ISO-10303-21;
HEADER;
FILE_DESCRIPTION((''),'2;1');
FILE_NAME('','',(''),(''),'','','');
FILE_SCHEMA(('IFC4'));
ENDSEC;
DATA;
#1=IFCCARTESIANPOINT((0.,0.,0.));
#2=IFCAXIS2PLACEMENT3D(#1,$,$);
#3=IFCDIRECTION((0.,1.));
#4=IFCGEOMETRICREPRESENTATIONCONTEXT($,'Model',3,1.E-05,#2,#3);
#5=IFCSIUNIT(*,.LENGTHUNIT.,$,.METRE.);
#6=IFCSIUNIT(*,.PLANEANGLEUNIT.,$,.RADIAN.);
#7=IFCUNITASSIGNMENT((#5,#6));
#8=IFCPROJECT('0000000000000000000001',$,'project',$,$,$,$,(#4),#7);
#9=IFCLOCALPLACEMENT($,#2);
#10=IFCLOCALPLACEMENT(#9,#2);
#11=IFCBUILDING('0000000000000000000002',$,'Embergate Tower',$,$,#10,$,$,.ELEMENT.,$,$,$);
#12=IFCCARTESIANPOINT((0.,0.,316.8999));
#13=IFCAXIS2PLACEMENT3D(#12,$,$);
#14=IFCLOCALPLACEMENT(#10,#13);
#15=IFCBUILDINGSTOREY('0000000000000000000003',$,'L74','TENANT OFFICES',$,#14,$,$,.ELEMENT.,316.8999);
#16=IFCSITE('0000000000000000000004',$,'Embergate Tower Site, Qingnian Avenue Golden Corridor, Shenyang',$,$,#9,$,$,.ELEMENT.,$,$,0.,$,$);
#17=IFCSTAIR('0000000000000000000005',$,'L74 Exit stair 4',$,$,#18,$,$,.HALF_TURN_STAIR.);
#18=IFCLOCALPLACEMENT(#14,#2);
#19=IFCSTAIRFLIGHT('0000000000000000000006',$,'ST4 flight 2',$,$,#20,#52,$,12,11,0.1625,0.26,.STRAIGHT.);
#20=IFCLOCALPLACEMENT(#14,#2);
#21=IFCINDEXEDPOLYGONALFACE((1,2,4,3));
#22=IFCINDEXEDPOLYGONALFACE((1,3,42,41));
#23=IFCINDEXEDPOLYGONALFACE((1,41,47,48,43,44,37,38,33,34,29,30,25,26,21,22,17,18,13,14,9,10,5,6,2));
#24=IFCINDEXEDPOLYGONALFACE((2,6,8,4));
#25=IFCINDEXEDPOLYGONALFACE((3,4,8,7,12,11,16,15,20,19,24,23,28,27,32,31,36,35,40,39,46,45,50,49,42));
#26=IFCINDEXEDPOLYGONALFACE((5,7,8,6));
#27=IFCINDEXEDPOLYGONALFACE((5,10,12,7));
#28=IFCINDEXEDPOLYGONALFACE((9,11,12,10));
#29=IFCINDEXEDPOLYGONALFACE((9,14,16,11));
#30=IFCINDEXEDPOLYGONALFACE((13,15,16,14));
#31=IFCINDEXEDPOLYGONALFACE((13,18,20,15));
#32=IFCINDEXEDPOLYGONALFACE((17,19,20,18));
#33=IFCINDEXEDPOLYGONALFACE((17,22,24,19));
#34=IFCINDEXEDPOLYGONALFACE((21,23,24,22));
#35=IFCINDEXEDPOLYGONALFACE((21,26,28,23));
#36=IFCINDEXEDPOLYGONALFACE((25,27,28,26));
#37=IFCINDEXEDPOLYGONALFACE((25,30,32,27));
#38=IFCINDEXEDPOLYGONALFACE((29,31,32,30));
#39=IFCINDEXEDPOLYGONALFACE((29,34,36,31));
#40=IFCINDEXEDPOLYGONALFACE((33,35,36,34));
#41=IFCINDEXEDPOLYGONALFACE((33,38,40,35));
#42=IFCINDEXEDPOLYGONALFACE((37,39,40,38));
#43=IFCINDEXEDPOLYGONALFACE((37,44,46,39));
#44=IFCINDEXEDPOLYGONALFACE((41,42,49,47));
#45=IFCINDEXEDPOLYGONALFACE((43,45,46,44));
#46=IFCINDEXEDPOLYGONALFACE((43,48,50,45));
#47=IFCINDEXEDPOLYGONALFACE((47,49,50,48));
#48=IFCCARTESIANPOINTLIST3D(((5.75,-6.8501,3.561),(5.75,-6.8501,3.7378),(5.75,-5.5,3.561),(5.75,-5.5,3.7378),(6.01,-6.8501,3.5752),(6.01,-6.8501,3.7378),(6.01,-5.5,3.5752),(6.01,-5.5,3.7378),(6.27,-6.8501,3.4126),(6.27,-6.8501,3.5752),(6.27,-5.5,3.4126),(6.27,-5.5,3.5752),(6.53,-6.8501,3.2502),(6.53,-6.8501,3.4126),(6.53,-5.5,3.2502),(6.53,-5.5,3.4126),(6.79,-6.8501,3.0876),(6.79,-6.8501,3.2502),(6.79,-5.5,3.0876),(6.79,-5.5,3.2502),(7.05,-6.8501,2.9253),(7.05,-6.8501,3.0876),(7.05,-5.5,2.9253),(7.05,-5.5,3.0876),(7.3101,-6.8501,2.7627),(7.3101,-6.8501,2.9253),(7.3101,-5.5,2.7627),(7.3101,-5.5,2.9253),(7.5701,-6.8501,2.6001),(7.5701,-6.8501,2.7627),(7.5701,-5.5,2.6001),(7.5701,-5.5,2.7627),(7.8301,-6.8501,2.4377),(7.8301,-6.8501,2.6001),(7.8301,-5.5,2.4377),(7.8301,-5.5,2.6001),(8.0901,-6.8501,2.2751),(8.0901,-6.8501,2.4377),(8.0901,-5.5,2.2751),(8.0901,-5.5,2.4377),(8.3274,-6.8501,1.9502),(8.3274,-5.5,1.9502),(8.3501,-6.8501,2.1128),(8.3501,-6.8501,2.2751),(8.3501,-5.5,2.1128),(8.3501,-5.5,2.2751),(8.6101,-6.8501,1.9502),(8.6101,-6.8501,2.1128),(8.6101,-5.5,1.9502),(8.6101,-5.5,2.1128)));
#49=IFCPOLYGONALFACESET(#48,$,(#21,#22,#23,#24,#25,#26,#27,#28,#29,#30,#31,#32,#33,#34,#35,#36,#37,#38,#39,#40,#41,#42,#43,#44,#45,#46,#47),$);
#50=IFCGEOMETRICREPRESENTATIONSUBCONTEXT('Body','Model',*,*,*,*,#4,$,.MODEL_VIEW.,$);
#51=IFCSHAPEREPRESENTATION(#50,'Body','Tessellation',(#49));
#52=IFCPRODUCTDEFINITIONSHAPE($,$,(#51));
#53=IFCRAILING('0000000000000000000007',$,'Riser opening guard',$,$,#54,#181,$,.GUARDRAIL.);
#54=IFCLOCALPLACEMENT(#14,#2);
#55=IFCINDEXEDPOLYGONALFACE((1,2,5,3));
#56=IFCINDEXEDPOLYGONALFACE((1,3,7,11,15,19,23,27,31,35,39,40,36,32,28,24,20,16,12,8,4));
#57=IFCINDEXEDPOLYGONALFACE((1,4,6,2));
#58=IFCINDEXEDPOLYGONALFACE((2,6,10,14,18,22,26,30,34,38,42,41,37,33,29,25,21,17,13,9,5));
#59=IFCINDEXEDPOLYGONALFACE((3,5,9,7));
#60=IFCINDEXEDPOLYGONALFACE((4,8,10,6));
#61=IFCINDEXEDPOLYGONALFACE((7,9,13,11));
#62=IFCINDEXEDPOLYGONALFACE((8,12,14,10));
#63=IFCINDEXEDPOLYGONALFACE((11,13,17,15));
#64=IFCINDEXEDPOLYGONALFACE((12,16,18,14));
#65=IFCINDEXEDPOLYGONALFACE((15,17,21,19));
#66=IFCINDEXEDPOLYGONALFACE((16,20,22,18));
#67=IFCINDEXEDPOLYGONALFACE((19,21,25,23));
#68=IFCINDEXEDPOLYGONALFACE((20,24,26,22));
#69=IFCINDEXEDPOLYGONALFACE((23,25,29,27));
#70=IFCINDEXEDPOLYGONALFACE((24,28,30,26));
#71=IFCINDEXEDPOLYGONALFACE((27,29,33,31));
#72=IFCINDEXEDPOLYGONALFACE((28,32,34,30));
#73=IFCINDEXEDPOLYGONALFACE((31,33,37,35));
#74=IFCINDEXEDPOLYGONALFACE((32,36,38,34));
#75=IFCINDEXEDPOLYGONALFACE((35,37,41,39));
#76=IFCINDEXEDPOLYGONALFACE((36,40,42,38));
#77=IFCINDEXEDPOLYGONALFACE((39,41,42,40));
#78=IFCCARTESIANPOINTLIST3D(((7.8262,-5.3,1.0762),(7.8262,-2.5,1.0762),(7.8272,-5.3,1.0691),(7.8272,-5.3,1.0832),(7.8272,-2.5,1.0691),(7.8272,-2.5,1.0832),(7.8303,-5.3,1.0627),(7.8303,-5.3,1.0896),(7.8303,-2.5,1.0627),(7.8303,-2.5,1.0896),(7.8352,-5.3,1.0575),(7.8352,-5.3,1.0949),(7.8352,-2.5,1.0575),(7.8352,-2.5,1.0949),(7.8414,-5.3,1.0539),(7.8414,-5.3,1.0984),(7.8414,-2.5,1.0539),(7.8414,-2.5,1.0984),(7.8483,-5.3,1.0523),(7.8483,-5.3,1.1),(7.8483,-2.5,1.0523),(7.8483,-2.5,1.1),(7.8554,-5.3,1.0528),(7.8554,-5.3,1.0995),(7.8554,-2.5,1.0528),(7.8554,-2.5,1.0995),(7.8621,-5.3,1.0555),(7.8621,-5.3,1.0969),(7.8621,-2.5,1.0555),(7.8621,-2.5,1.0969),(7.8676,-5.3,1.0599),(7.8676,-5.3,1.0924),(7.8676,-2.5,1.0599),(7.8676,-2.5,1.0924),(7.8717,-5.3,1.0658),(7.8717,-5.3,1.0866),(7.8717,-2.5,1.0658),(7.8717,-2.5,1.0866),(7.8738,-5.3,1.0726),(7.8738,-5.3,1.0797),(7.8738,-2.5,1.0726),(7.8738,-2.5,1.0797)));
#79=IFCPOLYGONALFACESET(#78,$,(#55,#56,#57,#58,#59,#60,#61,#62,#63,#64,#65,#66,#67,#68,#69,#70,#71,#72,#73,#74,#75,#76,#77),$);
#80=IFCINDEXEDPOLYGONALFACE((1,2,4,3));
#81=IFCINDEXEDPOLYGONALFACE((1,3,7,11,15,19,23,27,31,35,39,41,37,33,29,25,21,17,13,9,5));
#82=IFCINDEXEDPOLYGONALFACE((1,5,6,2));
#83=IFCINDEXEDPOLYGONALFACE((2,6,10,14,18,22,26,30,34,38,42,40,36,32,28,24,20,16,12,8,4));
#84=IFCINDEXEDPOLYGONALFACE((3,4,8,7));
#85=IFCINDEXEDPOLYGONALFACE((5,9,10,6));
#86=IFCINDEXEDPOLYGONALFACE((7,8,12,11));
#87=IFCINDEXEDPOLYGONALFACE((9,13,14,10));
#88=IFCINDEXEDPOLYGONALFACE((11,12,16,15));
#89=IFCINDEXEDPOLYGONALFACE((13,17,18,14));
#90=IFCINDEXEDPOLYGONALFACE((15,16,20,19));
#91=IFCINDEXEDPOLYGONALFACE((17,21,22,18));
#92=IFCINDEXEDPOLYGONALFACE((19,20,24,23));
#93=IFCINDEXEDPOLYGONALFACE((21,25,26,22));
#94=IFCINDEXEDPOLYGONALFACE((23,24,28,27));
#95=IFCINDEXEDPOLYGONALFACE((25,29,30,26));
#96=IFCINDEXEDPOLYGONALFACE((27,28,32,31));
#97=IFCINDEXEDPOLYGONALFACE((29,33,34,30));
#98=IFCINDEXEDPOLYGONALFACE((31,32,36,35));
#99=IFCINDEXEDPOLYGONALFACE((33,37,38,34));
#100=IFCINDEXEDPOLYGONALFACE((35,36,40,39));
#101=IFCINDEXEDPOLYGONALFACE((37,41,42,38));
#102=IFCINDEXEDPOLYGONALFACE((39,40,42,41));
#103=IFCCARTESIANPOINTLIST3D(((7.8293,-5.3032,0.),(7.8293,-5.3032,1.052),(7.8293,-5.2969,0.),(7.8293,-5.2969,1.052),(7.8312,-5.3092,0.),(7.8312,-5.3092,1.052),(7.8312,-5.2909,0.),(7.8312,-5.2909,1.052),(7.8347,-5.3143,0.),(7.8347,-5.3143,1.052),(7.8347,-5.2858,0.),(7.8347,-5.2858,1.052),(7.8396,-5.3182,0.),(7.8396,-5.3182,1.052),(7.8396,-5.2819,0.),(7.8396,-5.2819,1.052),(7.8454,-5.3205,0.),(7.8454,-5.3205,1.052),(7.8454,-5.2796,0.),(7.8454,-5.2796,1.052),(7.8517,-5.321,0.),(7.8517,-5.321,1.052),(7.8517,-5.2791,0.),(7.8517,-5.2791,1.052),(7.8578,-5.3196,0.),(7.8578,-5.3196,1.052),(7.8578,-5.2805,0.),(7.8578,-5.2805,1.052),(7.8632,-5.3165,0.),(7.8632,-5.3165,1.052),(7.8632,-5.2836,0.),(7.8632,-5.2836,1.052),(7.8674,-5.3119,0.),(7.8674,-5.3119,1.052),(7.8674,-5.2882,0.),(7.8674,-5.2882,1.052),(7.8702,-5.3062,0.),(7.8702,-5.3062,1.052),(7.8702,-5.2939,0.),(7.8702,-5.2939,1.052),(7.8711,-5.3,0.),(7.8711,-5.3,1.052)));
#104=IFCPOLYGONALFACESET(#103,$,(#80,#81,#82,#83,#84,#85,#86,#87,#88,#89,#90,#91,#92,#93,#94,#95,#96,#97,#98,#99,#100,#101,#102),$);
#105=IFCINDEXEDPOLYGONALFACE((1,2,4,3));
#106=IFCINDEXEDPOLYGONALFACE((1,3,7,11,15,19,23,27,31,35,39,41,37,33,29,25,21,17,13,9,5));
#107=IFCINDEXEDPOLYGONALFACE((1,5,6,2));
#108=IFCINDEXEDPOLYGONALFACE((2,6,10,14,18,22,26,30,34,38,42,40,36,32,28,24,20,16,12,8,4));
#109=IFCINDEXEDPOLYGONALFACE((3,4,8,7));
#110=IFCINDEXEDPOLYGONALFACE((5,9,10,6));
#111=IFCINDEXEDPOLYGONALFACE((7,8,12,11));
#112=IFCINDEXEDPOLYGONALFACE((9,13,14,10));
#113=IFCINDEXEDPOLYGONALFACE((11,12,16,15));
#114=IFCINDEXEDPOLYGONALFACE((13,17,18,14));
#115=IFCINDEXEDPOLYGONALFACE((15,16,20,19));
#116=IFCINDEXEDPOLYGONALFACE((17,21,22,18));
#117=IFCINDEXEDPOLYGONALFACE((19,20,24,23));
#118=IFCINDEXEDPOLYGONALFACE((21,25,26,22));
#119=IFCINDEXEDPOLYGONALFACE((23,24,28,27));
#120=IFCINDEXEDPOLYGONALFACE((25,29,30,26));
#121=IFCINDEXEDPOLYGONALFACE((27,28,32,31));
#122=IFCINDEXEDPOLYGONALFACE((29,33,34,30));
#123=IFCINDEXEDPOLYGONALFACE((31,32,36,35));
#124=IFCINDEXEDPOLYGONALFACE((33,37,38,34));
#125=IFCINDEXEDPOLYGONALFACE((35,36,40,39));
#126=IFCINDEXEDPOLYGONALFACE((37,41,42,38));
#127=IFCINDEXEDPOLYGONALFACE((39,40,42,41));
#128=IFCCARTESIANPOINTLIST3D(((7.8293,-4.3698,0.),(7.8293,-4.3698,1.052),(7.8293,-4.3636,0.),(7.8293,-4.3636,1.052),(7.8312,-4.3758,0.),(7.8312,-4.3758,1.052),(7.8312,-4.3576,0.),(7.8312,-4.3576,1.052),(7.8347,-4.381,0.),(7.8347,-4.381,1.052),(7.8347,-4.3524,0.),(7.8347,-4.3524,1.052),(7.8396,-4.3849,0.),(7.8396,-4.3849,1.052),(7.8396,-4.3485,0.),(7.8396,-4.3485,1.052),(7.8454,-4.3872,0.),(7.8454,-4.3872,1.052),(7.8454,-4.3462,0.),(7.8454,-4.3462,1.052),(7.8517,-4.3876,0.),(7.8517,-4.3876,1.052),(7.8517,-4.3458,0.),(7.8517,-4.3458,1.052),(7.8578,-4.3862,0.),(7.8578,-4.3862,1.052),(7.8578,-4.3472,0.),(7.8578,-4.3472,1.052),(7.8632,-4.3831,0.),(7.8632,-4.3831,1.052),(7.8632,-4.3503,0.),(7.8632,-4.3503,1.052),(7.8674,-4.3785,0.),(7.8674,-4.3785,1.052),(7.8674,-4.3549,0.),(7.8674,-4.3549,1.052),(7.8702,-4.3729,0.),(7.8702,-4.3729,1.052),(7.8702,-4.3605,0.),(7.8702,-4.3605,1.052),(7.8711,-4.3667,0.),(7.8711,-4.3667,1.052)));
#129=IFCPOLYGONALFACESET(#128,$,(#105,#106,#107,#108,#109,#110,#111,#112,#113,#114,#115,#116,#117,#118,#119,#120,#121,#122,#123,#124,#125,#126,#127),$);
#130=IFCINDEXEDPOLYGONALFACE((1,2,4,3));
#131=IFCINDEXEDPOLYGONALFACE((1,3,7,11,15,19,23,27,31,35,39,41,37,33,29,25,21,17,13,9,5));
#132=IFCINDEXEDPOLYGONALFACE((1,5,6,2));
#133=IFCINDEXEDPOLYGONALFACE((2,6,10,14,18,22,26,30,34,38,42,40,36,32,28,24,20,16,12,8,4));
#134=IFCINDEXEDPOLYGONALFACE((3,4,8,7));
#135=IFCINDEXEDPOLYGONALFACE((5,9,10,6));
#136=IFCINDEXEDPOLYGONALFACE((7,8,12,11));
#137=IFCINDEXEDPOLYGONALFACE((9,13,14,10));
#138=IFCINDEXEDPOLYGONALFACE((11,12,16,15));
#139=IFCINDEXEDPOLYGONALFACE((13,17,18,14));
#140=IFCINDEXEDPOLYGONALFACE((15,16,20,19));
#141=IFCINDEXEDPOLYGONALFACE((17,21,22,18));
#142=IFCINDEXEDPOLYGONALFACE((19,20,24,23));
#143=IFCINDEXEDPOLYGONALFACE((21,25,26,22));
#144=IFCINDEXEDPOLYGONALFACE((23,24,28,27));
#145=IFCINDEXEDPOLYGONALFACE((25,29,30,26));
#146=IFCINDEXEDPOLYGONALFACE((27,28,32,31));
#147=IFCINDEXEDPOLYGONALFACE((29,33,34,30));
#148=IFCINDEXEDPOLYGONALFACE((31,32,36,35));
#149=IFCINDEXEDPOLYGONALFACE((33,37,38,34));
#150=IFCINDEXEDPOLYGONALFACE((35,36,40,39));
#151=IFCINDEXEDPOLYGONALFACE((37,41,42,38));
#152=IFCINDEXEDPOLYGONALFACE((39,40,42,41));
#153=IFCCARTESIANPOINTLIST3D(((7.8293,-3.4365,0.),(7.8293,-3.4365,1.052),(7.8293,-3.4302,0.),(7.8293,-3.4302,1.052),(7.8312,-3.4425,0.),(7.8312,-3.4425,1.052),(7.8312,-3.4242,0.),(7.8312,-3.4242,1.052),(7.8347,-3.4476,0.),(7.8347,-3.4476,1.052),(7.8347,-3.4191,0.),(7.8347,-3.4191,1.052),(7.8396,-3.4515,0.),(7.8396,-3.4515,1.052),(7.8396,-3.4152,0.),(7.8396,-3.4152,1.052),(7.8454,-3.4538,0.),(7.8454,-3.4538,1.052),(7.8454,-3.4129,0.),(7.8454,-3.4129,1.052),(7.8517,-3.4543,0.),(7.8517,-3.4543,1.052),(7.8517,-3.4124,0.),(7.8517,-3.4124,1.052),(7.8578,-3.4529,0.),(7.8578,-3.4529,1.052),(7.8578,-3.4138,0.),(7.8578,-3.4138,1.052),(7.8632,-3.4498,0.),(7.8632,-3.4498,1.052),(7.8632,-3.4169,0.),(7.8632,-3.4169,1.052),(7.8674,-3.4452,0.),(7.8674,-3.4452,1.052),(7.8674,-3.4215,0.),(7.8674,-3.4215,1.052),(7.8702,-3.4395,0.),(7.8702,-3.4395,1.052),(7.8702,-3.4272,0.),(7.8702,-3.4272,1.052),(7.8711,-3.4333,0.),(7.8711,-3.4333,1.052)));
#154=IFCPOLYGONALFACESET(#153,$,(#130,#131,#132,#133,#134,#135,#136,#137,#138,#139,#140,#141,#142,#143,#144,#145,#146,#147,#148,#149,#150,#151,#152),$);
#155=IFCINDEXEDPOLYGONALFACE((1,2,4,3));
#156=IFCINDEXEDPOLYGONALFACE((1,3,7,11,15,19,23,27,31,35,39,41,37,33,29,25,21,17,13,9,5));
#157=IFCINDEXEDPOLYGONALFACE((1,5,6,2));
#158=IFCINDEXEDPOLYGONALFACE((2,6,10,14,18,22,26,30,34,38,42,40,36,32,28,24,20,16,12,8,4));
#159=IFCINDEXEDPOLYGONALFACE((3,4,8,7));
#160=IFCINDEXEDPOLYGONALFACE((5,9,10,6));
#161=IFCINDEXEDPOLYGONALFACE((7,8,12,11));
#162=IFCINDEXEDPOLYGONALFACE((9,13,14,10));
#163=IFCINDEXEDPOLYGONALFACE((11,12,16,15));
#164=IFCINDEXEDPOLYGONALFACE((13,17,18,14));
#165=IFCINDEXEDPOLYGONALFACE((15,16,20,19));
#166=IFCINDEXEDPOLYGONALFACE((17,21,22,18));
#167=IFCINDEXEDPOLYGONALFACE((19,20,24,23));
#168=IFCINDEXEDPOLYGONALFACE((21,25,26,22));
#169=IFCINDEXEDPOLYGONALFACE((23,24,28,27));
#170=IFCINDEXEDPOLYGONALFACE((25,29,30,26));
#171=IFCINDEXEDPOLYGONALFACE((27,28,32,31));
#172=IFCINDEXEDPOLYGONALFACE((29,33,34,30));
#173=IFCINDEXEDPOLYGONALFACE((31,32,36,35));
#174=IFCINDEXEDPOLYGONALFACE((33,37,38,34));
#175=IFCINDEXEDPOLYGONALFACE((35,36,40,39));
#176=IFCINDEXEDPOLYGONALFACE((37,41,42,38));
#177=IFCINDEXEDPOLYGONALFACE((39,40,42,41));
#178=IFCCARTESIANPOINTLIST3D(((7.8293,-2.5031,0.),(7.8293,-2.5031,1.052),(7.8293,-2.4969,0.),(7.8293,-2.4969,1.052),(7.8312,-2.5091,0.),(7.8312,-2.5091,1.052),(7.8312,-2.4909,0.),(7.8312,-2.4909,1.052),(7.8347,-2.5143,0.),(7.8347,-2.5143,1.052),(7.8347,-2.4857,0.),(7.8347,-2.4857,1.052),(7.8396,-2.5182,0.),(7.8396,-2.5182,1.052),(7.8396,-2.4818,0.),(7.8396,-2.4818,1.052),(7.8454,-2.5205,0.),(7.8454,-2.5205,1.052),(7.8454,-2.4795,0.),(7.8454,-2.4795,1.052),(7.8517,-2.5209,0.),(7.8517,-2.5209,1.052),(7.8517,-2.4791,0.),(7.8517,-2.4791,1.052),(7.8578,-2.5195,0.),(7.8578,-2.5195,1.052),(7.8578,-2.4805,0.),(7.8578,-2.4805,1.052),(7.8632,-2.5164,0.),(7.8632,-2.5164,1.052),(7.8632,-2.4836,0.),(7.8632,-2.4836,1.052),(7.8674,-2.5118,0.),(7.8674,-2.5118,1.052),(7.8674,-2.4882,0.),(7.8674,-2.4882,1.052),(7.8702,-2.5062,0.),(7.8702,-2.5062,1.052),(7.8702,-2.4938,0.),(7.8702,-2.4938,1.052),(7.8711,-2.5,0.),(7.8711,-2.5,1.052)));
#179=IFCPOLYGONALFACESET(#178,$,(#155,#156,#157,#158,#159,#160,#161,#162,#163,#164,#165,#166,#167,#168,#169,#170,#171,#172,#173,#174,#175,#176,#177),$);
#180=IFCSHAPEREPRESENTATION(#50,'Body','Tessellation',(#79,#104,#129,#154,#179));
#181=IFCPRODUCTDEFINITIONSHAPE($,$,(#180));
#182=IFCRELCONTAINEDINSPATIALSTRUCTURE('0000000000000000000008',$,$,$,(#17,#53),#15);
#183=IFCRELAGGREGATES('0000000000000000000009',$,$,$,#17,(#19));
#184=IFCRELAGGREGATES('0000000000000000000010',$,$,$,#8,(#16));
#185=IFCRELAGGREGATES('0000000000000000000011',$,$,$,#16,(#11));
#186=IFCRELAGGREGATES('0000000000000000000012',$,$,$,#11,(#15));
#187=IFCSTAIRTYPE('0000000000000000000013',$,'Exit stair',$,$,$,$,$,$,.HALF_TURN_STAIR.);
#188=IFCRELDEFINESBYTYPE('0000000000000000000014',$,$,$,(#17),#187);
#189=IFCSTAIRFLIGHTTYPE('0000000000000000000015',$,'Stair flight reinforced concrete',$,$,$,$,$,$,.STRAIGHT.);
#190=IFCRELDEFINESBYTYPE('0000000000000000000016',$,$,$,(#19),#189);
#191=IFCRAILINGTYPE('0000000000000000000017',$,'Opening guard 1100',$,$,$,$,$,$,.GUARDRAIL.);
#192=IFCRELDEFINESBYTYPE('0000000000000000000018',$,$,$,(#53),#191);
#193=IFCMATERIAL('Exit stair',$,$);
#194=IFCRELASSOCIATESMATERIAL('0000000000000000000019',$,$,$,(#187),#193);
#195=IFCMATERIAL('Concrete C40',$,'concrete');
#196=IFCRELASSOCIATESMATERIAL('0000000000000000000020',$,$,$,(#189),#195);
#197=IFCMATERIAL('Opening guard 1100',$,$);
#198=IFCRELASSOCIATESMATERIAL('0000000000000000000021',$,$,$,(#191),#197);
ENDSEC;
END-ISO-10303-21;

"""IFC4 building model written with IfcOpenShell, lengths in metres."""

from ifc_helpers import new_model, si_unit, direction, frame, origin, origin_2d, place, context, subcontext, project, spatial, polyline, circle, outline, extrude, source, transform, mapped, material, type_object, element, aggregate, save


model = new_model("IFC4")

# Units and contexts
model_context = context("Model", 3, precision=1e-05, world=origin(), true_north=direction((0.0, 1.0)))
body_context = subcontext(model_context, "Body", "Model", "MODEL_VIEW")
ifc_project = project(units=[si_unit("LENGTHUNIT", "METRE"), si_unit("PLANEANGLEUNIT", "RADIAN")], contexts=[model_context])

# Site, building, storey
site_placement = place(None, origin())
site = spatial("IfcSite", under=ifc_project, at=site_placement, Name="Embergate Tower Site, Qingnian Avenue Golden Corridor, Shenyang", CompositionType="ELEMENT", RefElevation=0.0)
building_placement = place(site_placement, origin())
building = spatial("IfcBuilding", under=site, at=building_placement, Name="Embergate Tower", CompositionType="ELEMENT")
storey_placement = place(building_placement, frame((0.0, 0.0, 316.8999)))
storey = spatial("IfcBuildingStorey", under=building, at=storey_placement, Name="L74", Description="TENANT OFFICES", CompositionType="ELEMENT", Elevation=316.8999)

# Stair
ifc_material_1 = material(Name="Exit stair")
stair_type = type_object("IfcStairType", Name="Exit stair", PredefinedType="HALF_TURN_STAIR", material=ifc_material_1)
stair_placement = place(storey_placement, origin())
stair = element("IfcStair", 1, at=stair_placement, inside=storey, type_object=stair_type, Name="L74 Exit stair 4", PredefinedType="HALF_TURN_STAIR")
ifc_material_2 = material(Name="Concrete C40", Category="concrete")

# Stair flight
stair_flight_type = type_object("IfcStairFlightType", Name="Stair flight reinforced concrete", PredefinedType="STRAIGHT", material=ifc_material_2)
shared_shape_1 = source(origin(), body_context, "Body", "SweptSolid", [
    extrude(outline(polyline([(0.0, 0.0), (0.0, 0.1626), (0.26, 0.1626), (0.26, 0.325), (0.52, 0.325), (0.52, 0.4875), (0.78, 0.4875), (0.78, 0.6499), (1.04, 0.6499), (1.04, 0.8125), (1.3, 0.8125), (1.3, 0.9751), (1.5601, 0.9751), (1.5601, 1.1375), (1.8201, 1.1375), (1.8201, 1.3), (2.0801, 1.3), (2.0801, 1.4624), (2.3401, 1.4624), (2.3401, 1.625), (2.6001, 1.625), (2.6001, 1.7876), (2.8601, 1.7876), (2.8601, 1.95), (2.8601, 1.6108), (0.2827, 0.0), (0.0, 0.0)])), frame((0.0, 0.675, 0.0), z_axis=(0.0, -1.0, 0.0), x_axis=(1.0, 0.0, 0.0)), (0.0, 0.0, 1.0), 1.3501),
])
stair_flight_1_placement = place(storey_placement, frame((8.6101, -6.175, 1.9502), z_axis=(0.0, 0.0, 1.0), x_axis=(-1.0, 0.0, 0.0)))
stair_flight_1 = element("IfcStairFlight", 2, at=stair_flight_1_placement, type_object=stair_flight_type, Name="ST4 flight 2", NumberOfRisers=12, NumberOfTreads=11, PredefinedType="STRAIGHT", RiserHeight=0.1625, TreadLength=0.26, context=body_context, shape_type="MappedRepresentation", body=[
    mapped(shared_shape_1, transform((0.0, 0.0, 0.0))),
])
aggregate(stair, [stair_flight_1])

# Railing
ifc_material_3 = material(Name="Opening guard 1100")
railing_type = type_object("IfcRailingType", Name="Opening guard 1100", PredefinedType="GUARDRAIL", material=ifc_material_3)
shared_shape_2 = source(origin(), body_context, "Body", "SweptSolid", [
    extrude(circle(Radius=0.0239, at=origin_2d()), frame((0.0, 0.0, 1.0762), z_axis=(0.0, 1.0, 0.0), x_axis=(-1.0, 0.0, 0.0)), (0.0, 0.0, 1.0), 2.8),
    extrude(circle(Radius=0.021, at=origin_2d()), origin(), (0.0, 0.0, 1.0), 1.052),
    extrude(circle(Radius=0.021, at=origin_2d()), frame((0.0, 0.9333, 0.0)), (0.0, 0.0, 1.0), 1.052),
    extrude(circle(Radius=0.021, at=origin_2d()), frame((0.0, 1.8667, 0.0)), (0.0, 0.0, 1.0), 1.052),
    extrude(circle(Radius=0.021, at=origin_2d()), frame((0.0, 2.8, 0.0)), (0.0, 0.0, 1.0), 1.052),
])
railing_placement = place(storey_placement, frame((7.8501, -5.3, 0.0)))
element("IfcRailing", 3, at=railing_placement, inside=storey, type_object=railing_type, Name="Riser opening guard", PredefinedType="GUARDRAIL", context=body_context, shape_type="MappedRepresentation", body=[
    mapped(shared_shape_2, transform((0.0, 0.0, 0.0))),
])

save(model, "model.ifc")
